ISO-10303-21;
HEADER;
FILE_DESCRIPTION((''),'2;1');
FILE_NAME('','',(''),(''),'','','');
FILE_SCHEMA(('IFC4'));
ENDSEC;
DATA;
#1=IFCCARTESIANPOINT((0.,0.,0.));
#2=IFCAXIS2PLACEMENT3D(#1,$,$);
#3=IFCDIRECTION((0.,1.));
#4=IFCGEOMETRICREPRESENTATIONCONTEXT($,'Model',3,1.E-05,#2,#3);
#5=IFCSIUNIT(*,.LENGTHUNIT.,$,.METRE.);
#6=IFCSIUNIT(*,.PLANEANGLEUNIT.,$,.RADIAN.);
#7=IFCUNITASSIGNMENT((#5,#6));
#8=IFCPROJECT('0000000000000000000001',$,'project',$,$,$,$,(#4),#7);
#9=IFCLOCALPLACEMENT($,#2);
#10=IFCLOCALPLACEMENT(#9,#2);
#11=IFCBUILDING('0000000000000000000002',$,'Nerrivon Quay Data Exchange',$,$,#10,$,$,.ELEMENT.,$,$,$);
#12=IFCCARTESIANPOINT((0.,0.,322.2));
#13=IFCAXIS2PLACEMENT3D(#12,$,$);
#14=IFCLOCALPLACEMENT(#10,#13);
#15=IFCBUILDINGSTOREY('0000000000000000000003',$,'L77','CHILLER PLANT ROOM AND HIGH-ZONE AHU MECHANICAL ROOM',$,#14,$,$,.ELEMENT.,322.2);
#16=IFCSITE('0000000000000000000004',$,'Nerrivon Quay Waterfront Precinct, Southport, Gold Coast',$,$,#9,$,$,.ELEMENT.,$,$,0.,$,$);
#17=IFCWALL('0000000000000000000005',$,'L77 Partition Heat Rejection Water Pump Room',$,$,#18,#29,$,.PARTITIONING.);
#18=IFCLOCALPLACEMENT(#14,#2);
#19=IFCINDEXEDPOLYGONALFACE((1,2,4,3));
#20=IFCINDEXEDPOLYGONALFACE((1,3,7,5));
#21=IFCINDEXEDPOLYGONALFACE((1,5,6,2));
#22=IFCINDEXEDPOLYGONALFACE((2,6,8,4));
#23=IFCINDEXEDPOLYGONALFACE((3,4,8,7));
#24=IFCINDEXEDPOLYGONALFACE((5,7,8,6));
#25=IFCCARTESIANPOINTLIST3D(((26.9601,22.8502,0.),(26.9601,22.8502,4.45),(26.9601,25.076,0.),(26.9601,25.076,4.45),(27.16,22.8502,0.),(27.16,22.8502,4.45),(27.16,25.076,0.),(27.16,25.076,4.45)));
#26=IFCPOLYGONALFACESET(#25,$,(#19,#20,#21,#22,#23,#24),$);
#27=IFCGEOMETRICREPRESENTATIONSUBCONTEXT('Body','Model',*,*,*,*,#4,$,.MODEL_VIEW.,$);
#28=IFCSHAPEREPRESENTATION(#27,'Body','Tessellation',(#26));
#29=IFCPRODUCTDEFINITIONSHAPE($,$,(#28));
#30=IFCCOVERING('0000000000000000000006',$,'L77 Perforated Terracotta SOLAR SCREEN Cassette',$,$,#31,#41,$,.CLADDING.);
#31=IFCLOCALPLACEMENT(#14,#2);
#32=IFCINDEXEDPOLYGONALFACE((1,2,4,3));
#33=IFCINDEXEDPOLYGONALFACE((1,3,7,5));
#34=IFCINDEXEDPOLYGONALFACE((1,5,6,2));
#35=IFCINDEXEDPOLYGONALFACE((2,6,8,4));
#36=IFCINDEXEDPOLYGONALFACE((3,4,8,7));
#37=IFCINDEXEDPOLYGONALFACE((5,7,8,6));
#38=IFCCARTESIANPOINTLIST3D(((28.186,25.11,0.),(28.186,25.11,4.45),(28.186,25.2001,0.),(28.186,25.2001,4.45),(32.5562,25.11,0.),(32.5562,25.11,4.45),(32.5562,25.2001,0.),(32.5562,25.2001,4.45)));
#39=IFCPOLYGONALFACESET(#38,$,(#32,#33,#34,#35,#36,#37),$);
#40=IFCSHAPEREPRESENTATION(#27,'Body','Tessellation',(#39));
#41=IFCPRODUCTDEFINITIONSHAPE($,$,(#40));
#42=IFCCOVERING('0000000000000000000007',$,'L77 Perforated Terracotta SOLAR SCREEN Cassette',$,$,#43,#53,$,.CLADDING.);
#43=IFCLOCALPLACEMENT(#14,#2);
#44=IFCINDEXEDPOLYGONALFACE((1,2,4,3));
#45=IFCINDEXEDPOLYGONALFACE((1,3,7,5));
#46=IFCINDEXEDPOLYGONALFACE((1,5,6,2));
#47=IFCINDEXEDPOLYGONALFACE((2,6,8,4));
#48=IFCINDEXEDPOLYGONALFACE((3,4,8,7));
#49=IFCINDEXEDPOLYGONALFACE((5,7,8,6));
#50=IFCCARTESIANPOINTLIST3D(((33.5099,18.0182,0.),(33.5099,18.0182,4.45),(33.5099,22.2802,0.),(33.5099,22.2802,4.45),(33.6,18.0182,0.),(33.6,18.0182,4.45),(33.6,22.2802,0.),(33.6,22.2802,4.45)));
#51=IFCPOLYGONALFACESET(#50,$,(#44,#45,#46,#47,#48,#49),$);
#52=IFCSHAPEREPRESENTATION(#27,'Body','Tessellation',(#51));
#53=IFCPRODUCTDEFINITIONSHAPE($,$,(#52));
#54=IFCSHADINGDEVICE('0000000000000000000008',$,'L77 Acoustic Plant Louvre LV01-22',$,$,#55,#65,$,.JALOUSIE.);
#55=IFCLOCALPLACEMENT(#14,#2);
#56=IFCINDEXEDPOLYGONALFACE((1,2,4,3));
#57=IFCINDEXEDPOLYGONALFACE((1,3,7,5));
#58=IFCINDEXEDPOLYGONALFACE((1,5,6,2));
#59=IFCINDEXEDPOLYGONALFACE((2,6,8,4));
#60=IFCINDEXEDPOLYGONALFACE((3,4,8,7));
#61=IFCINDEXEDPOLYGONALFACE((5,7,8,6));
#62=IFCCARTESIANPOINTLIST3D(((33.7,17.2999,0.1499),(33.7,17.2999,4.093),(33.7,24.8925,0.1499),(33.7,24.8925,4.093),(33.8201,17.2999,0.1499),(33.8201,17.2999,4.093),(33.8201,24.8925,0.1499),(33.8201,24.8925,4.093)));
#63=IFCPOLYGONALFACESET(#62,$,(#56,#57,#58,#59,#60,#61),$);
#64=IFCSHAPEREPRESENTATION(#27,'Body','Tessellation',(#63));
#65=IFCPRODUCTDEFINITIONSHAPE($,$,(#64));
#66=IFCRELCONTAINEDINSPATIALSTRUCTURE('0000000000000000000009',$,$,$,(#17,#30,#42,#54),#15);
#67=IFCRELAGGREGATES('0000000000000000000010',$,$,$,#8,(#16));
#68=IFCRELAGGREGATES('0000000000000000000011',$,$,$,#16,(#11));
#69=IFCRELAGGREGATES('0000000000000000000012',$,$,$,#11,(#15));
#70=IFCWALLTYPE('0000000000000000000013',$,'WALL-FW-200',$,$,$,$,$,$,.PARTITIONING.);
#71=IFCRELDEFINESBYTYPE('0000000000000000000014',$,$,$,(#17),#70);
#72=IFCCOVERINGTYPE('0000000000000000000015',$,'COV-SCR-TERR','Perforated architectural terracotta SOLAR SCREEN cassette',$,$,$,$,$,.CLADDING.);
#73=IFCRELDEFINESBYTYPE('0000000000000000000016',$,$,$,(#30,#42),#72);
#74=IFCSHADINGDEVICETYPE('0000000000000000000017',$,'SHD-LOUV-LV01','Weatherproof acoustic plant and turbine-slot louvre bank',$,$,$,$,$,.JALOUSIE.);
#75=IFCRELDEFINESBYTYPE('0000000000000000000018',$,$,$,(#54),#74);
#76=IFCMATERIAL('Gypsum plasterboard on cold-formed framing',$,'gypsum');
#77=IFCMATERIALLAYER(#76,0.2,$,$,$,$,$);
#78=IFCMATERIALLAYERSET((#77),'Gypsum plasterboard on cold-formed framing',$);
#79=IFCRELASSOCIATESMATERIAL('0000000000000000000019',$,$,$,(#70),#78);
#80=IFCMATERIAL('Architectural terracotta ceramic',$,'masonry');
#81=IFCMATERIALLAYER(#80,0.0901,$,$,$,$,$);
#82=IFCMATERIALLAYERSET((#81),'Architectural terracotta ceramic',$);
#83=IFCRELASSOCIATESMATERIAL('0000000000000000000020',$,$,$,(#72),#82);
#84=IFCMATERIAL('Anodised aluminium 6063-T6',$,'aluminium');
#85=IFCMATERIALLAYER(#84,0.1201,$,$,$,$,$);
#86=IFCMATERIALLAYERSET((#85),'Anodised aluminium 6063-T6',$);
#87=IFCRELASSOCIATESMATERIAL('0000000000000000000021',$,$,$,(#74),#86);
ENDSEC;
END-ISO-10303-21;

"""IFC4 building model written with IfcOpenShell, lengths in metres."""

from ifc_helpers import new_model, si_unit, direction, frame, frame_2d, origin, origin_2d, place, context, subcontext, project, spatial, rectangle, extrude, material, layer, layer_set, type_object, element, save


model = new_model("IFC4")

# Units and contexts
model_context = context("Model", 3, precision=1e-05, world=origin(), true_north=direction((0.0, 1.0)))
body_context = subcontext(model_context, "Body", "Model", "MODEL_VIEW")
ifc_project = project(units=[si_unit("LENGTHUNIT", "METRE"), si_unit("PLANEANGLEUNIT", "RADIAN")], contexts=[model_context])

# Site, building, storey
site_placement = place(None, origin())
site = spatial("IfcSite", under=ifc_project, at=site_placement, Name="Nerrivon Quay Waterfront Precinct, Southport, Gold Coast", CompositionType="ELEMENT", RefElevation=0.0)
building_placement = place(site_placement, origin())
building = spatial("IfcBuilding", under=site, at=building_placement, Name="Nerrivon Quay Data Exchange", CompositionType="ELEMENT")
storey_placement = place(building_placement, frame((0.0, 0.0, 322.2)))
storey = spatial("IfcBuildingStorey", under=building, at=storey_placement, Name="L77", Description="CHILLER PLANT ROOM AND HIGH-ZONE AHU MECHANICAL ROOM", CompositionType="ELEMENT", Elevation=322.2)

# Shared definitions
ifc_material_1 = material(Name="Gypsum plasterboard on cold-formed framing", Category="gypsum")
ifc_layer_1 = layer(ifc_material_1, 0.2)
ifc_layer_set_1 = layer_set([ifc_layer_1], Name="Gypsum plasterboard on cold-formed framing")
wall_type_1 = type_object("IfcWallType", Name="WALL-FW-200", PredefinedType="PARTITIONING", material=ifc_layer_set_1)

# Wall
wall_1_placement = place(storey_placement, frame((27.0601, 25.0759, 0.0), z_axis=(0.0, 0.0, 1.0), x_axis=(0.0, -1.0, 0.0)))
element("IfcWall", 1, at=wall_1_placement, inside=storey, type_object=wall_type_1, Name="L77 Partition Heat Rejection Water Pump Room", PredefinedType="PARTITIONING", context=body_context, shape_type="SweptSolid", body=[
    extrude(rectangle(XDim=2.2258, YDim=0.2, at=frame_2d((1.1128, 0.0))), origin(), (0.0, 0.0, 1.0), 4.45),
])

# Coverings
ifc_material_2 = material(Name="Architectural terracotta ceramic", Category="masonry")
ifc_layer_2 = layer(ifc_material_2, 0.0901)
ifc_layer_set_2 = layer_set([ifc_layer_2], Name="Architectural terracotta ceramic")
covering_type = type_object("IfcCoveringType", Name="COV-SCR-TERR", Description="Perforated architectural terracotta SOLAR SCREEN cassette", PredefinedType="CLADDING", material=ifc_layer_set_2)
covering_1_placement = place(storey_placement, frame((30.3711, 25.155, 0.0), z_axis=(0.0, 0.0, 1.0), x_axis=(1.0, 0.0, 0.0)))
element("IfcCovering", 2, at=covering_1_placement, inside=storey, type_object=covering_type, Name="L77 Perforated Terracotta SOLAR SCREEN Cassette", PredefinedType="CLADDING", context=body_context, shape_type="SweptSolid", body=[
    extrude(rectangle(XDim=4.3701, YDim=0.0901, at=origin_2d()), origin(), (0.0, 0.0, 1.0), 4.45),
])
covering_2_placement = place(storey_placement, frame((33.5549, 20.1492, 0.0), z_axis=(0.0, 0.0, 1.0), x_axis=(0.0, -1.0, 0.0)))
element("IfcCovering", 3, at=covering_2_placement, inside=storey, type_object=covering_type, Name="L77 Perforated Terracotta SOLAR SCREEN Cassette", PredefinedType="CLADDING", context=body_context, shape_type="SweptSolid", body=[
    extrude(rectangle(XDim=4.262, YDim=0.0901, at=origin_2d()), origin(), (0.0, 0.0, 1.0), 4.45),
])

# Shading device
ifc_material_3 = material(Name="Anodised aluminium 6063-T6", Category="aluminium")
ifc_layer_3 = layer(ifc_material_3, 0.1201)
ifc_layer_set_3 = layer_set([ifc_layer_3], Name="Anodised aluminium 6063-T6")
shading_device_type = type_object("IfcShadingDeviceType", Name="SHD-LOUV-LV01", Description="Weatherproof acoustic plant and turbine-slot louvre bank", PredefinedType="JALOUSIE", material=ifc_layer_set_3)
shading_device_placement = place(storey_placement, frame((33.76, 21.0962, 0.1499), z_axis=(0.0, 0.0, 1.0), x_axis=(0.0, -1.0, 0.0)))
element("IfcShadingDevice", 4, at=shading_device_placement, inside=storey, type_object=shading_device_type, Name="L77 Acoustic Plant Louvre LV01-22", PredefinedType="JALOUSIE", context=body_context, shape_type="SweptSolid", body=[
    extrude(rectangle(XDim=7.5925, YDim=0.1201, at=origin_2d()), origin(), (0.0, 0.0, 1.0), 3.9431),
])

save(model, "model.ifc")
